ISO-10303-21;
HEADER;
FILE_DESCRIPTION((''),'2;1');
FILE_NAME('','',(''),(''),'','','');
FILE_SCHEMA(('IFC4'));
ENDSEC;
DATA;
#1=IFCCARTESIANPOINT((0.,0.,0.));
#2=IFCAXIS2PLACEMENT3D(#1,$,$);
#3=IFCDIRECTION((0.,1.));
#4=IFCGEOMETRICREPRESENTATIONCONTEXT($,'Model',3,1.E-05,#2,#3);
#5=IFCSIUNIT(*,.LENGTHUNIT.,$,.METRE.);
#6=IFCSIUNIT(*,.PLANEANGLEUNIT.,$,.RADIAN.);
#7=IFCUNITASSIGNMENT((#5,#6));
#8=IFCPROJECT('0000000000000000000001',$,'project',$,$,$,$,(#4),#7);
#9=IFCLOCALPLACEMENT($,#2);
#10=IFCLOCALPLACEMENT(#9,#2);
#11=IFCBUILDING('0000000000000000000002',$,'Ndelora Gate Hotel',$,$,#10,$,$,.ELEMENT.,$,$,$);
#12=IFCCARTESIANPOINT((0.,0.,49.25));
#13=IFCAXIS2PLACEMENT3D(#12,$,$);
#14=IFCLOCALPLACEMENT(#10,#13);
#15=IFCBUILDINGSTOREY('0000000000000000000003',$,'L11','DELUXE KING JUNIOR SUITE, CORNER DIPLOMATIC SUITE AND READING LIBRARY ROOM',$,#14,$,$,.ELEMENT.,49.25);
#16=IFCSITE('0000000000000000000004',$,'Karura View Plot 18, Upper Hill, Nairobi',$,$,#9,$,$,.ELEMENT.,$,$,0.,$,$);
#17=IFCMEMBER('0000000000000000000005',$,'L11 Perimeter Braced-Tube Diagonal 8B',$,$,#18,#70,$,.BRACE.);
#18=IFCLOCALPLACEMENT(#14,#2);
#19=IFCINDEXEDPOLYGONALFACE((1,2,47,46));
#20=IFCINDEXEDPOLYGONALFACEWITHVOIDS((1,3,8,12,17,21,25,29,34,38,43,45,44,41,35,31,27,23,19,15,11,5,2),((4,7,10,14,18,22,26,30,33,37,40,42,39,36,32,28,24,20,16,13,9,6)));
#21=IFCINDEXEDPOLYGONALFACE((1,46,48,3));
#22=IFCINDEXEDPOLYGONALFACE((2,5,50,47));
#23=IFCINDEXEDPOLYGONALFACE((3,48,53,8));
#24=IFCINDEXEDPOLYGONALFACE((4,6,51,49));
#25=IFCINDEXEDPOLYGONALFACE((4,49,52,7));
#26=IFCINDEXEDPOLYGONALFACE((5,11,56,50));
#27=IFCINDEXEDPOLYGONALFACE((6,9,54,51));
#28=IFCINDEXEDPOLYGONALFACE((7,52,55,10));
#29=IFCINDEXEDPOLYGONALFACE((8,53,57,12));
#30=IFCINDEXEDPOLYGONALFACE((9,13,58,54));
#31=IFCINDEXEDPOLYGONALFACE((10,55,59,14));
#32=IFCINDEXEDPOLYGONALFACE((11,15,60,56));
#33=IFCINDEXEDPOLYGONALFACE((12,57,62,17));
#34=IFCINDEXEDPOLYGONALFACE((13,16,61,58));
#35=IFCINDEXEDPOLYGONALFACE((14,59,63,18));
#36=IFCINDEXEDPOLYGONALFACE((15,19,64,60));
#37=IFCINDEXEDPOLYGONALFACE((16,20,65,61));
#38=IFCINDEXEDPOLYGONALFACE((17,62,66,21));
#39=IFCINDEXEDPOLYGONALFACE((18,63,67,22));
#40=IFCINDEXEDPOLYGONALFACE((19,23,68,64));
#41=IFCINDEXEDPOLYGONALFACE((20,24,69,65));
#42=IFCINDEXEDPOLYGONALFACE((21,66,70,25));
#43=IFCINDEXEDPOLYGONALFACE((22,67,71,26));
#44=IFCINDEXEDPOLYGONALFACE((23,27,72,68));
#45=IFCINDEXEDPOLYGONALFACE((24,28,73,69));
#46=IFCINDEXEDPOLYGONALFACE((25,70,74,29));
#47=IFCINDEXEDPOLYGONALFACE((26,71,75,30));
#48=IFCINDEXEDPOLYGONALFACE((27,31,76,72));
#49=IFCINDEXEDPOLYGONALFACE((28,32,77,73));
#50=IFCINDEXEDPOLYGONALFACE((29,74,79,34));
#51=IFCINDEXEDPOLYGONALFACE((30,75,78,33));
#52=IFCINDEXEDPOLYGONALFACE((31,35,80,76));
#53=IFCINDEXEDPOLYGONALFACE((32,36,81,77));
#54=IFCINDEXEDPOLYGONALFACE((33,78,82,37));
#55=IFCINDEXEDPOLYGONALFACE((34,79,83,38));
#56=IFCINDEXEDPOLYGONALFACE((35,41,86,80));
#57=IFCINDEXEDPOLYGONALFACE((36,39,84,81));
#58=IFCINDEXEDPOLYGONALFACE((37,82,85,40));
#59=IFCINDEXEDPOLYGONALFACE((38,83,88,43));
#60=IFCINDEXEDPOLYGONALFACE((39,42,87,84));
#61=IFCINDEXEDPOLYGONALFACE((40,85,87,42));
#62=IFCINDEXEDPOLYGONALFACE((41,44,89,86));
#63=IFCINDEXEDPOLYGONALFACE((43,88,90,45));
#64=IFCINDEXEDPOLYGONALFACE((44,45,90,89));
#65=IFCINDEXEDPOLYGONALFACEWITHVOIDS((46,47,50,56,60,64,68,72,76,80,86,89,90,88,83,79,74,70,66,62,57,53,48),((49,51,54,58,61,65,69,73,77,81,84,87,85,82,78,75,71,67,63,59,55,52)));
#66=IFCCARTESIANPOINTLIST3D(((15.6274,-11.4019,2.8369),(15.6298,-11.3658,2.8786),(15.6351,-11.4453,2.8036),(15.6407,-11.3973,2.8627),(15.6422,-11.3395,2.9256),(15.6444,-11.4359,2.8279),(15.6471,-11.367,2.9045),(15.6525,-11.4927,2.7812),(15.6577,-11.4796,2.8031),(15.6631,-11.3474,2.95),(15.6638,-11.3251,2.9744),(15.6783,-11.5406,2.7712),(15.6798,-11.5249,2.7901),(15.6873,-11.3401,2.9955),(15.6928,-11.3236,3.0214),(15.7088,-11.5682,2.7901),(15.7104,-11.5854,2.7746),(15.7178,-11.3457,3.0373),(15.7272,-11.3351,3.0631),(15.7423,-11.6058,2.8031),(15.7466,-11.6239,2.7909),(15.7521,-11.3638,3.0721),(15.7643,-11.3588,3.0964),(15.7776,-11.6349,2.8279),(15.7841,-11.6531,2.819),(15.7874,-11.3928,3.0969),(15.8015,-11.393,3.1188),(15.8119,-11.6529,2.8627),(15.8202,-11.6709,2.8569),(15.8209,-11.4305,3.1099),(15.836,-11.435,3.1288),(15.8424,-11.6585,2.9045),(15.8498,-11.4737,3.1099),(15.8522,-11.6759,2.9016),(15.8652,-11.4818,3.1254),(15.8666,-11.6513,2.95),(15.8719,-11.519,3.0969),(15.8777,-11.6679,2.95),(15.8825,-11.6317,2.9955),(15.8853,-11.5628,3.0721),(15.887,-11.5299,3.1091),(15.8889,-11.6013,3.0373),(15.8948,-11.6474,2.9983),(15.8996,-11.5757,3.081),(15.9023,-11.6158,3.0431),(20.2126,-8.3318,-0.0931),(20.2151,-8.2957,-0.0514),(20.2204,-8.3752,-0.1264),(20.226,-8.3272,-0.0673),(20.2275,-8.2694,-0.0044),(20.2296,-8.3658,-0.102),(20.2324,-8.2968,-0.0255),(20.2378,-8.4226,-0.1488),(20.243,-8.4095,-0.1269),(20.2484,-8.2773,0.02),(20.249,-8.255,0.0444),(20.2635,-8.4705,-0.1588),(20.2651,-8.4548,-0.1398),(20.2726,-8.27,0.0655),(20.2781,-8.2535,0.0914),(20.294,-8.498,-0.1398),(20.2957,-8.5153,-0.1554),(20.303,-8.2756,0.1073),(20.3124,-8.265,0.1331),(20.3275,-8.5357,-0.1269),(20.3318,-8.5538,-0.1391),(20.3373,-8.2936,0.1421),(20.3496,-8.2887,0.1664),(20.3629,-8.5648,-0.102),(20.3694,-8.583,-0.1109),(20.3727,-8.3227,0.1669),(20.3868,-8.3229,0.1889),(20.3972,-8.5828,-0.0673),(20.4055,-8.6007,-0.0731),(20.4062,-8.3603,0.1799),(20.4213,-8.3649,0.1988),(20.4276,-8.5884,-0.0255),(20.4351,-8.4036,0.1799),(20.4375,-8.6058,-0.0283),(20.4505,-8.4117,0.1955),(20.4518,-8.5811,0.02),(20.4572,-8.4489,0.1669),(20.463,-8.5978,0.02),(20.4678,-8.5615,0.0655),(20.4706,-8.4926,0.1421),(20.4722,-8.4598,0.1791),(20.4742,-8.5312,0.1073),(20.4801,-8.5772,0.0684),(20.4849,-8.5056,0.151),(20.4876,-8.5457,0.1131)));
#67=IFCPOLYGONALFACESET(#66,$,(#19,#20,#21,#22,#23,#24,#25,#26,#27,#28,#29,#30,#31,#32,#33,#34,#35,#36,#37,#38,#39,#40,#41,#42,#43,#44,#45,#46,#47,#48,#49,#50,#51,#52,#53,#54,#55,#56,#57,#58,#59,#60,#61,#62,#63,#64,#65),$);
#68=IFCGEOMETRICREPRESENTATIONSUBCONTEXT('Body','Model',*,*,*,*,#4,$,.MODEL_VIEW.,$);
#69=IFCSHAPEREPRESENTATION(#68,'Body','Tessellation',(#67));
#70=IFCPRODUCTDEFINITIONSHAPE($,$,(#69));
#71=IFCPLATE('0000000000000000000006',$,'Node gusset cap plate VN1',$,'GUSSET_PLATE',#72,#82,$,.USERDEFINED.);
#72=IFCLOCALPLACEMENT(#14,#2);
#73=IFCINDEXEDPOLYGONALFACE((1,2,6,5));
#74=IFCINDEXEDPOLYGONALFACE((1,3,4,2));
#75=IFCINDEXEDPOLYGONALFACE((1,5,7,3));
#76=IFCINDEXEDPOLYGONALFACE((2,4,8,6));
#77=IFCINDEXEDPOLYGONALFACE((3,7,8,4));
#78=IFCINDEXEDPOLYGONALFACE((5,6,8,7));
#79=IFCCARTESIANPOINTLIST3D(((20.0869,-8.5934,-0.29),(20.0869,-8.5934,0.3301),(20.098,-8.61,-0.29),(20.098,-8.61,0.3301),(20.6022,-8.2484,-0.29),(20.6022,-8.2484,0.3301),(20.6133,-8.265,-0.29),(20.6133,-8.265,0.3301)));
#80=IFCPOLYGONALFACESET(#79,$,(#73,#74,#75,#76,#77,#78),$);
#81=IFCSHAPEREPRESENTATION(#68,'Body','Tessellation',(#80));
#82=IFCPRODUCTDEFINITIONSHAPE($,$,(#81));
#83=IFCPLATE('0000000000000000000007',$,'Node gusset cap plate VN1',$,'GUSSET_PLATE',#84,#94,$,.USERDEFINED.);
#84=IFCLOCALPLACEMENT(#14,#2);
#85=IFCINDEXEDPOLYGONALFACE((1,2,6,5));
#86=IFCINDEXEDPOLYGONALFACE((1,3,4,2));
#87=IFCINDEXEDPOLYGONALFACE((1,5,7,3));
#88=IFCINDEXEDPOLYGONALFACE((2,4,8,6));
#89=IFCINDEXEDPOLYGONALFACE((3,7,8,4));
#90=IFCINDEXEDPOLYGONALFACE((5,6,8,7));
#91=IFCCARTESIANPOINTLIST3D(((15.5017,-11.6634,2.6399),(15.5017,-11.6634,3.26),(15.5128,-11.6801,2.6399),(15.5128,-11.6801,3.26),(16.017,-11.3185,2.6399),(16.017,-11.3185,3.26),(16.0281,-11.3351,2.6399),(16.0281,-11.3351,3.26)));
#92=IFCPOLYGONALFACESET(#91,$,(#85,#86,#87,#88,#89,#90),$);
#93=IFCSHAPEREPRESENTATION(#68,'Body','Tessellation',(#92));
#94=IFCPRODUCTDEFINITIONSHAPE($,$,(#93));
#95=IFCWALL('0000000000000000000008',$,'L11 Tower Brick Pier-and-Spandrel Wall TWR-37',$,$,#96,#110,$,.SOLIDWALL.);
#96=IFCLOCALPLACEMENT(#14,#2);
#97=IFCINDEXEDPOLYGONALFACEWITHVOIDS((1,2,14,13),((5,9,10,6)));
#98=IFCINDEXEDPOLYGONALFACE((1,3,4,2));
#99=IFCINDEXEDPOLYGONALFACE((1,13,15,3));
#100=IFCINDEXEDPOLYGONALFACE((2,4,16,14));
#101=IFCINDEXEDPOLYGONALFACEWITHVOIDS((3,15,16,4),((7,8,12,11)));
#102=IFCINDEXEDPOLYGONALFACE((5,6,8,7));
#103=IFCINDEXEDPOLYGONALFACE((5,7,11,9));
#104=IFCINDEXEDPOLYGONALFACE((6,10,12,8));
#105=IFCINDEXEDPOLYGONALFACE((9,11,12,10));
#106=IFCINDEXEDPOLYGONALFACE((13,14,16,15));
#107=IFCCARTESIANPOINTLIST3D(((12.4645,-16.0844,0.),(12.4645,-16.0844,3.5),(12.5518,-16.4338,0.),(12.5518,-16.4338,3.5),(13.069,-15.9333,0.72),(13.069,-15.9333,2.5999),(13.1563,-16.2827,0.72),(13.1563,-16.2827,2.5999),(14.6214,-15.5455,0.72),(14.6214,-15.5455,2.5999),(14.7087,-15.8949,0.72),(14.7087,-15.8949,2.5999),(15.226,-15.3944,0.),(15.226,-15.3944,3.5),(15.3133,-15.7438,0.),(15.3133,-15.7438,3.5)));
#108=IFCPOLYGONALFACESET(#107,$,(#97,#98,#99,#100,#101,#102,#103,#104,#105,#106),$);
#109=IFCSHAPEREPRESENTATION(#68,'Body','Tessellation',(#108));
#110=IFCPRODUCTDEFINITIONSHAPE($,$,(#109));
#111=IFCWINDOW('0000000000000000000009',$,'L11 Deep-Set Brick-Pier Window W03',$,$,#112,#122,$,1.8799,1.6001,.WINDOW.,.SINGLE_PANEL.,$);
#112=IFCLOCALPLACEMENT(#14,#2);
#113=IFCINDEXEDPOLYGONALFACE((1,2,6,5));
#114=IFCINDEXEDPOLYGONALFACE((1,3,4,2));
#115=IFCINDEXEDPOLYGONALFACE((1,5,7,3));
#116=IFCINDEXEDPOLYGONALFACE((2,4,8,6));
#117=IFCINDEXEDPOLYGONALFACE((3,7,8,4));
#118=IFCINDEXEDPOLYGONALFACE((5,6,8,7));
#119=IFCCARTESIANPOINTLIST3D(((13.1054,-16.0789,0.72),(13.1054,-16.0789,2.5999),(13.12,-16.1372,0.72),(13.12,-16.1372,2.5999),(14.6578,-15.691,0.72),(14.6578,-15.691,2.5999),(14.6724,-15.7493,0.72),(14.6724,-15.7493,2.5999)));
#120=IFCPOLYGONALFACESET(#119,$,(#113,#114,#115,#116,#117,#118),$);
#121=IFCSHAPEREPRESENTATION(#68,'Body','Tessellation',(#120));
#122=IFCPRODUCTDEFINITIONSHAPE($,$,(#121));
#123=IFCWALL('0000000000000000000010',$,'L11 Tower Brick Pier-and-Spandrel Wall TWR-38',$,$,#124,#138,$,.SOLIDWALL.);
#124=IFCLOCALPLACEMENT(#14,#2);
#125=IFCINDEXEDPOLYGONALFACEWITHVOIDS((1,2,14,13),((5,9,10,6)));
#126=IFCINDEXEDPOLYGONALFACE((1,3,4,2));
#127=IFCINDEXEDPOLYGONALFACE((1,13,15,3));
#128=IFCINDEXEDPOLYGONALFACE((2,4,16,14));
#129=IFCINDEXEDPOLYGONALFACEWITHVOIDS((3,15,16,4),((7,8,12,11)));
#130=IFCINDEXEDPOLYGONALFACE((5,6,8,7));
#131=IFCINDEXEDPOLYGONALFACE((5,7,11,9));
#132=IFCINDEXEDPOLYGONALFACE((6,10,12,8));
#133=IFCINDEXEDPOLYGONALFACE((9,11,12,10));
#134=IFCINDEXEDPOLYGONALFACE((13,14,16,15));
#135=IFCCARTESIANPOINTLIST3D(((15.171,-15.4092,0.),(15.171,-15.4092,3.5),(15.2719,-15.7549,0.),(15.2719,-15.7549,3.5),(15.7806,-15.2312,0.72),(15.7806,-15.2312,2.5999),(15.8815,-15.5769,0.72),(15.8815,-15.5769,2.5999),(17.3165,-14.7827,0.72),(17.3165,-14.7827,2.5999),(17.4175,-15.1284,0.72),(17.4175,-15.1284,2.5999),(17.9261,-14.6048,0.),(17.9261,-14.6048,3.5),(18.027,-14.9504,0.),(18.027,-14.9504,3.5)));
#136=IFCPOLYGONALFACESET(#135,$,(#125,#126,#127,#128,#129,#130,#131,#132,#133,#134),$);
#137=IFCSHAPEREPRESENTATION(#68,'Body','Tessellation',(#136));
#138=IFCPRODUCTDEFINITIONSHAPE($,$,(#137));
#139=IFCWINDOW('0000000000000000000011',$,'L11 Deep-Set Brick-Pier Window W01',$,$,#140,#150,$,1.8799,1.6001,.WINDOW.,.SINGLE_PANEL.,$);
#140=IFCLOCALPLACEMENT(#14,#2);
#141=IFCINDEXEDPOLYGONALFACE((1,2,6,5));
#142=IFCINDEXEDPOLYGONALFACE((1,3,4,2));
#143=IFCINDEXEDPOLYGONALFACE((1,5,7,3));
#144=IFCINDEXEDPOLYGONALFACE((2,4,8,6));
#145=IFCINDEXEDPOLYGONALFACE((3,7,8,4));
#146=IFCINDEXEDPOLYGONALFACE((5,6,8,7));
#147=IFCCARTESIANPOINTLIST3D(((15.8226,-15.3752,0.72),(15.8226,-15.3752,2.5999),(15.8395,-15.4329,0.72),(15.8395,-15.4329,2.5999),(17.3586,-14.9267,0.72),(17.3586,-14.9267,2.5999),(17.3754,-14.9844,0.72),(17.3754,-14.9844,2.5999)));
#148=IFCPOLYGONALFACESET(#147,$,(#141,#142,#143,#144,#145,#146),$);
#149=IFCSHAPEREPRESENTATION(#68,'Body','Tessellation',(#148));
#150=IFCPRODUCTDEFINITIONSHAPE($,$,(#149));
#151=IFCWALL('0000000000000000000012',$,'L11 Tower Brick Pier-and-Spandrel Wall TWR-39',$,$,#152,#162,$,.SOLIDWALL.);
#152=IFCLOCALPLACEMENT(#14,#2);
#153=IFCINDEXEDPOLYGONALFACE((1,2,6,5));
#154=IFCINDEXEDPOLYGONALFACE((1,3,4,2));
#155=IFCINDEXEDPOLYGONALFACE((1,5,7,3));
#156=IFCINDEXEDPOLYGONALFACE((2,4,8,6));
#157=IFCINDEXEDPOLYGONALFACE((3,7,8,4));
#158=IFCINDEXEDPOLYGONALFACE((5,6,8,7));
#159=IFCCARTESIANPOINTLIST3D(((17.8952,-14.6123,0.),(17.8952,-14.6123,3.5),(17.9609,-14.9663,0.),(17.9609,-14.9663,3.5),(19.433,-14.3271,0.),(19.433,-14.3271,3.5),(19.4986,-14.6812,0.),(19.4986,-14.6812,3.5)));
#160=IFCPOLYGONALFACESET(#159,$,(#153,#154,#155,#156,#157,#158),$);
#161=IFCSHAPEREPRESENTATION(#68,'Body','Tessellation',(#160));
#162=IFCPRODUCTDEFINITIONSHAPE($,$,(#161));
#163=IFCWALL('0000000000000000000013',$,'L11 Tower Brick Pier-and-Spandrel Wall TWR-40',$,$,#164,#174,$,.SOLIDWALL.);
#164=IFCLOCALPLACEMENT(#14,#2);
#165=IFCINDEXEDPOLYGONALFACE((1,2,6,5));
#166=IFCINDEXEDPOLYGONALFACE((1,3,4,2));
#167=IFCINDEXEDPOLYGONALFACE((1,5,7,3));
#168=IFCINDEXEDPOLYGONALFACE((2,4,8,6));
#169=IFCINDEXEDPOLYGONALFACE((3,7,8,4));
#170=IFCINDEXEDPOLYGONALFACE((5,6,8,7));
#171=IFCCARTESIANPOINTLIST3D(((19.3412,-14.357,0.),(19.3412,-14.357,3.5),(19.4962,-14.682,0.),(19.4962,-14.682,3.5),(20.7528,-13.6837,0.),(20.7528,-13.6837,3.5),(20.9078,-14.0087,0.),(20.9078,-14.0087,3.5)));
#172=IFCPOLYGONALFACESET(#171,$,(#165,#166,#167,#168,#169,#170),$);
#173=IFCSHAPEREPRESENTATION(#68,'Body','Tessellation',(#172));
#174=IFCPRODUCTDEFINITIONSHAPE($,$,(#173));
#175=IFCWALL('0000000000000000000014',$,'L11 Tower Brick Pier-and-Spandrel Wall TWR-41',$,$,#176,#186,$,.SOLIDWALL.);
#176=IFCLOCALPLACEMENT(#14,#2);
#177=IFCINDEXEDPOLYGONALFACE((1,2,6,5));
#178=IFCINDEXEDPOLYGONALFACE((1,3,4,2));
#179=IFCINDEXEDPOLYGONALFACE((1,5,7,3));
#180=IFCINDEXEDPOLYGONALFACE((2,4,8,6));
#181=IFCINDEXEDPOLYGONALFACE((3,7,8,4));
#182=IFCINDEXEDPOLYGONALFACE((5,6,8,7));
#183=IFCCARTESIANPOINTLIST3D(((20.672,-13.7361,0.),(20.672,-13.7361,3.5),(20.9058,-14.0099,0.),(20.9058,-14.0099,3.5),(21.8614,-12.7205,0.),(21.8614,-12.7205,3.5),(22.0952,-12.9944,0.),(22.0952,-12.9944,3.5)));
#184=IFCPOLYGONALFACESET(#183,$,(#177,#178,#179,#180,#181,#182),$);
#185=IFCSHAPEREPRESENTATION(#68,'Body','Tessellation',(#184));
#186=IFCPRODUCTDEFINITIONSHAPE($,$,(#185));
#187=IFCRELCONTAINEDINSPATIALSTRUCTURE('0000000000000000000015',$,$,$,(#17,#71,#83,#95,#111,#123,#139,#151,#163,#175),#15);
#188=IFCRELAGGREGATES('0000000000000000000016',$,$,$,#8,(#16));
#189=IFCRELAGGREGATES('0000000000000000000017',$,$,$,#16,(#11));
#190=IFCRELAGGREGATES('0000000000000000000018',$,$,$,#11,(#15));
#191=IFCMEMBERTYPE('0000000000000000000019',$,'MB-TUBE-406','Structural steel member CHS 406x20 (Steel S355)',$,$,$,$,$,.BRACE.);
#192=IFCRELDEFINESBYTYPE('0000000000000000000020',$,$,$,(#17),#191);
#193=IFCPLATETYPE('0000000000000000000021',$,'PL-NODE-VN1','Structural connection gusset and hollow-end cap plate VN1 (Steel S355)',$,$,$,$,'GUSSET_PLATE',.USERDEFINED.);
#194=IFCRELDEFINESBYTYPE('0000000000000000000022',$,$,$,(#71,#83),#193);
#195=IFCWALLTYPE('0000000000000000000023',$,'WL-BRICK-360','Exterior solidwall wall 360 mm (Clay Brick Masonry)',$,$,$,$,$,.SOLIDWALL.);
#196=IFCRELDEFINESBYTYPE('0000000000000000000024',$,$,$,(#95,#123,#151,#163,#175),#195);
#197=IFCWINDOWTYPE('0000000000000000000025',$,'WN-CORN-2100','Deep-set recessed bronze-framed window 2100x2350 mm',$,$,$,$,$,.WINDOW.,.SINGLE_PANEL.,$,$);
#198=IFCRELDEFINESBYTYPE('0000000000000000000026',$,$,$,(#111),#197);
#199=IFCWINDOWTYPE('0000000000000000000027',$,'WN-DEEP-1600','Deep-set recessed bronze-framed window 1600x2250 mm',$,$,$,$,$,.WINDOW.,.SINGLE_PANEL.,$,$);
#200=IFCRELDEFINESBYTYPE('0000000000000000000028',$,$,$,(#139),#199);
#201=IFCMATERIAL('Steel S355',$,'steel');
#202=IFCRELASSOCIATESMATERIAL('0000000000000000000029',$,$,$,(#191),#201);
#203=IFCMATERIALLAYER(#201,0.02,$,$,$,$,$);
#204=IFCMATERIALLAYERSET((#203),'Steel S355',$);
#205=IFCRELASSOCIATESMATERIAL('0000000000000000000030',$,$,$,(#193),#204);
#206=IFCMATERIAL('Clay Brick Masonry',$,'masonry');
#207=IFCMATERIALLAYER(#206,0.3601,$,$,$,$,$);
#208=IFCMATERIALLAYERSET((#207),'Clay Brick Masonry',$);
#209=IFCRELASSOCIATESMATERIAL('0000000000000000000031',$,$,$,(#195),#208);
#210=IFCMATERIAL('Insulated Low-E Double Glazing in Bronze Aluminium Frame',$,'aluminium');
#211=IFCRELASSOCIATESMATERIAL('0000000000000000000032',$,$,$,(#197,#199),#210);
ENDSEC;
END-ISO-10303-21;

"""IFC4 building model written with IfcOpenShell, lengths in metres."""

from ifc_helpers import new_model, si_unit, direction, frame, frame_2d, origin, origin_2d, place, context, subcontext, project, spatial, rectangle, hollow_circle, extrude, material, layer, layer_set, material_profile, profile_set, type_object, element, fill, save


model = new_model("IFC4")

# Units and contexts
model_context = context("Model", 3, precision=1e-05, world=origin(), true_north=direction((0.0, 1.0)))
body_context = subcontext(model_context, "Body", "Model", "MODEL_VIEW")
ifc_project = project(units=[si_unit("LENGTHUNIT", "METRE"), si_unit("PLANEANGLEUNIT", "RADIAN")], contexts=[model_context])

# Site, building, storey
site_placement = place(None, origin())
site = spatial("IfcSite", under=ifc_project, at=site_placement, Name="Karura View Plot 18, Upper Hill, Nairobi", CompositionType="ELEMENT", RefElevation=0.0)
building_placement = place(site_placement, origin())
building = spatial("IfcBuilding", under=site, at=building_placement, Name="Ndelora Gate Hotel", CompositionType="ELEMENT")
storey_placement = place(building_placement, frame((0.0, 0.0, 49.25)))
storey = spatial("IfcBuildingStorey", under=building, at=storey_placement, Name="L11", Description="DELUXE KING JUNIOR SUITE, CORNER DIPLOMATIC SUITE AND READING LIBRARY ROOM", CompositionType="ELEMENT", Elevation=49.25)

# Shared definitions
ifc_material_1 = material(Name="Steel S355", Category="steel")

# Member
ifc_material_profile_1 = material_profile(ifc_material_1, hollow_circle(Radius=0.2029, WallThickness=0.02, at=origin_2d()), Name="CHS 406x20")
ifc_profile_set_1 = profile_set([ifc_material_profile_1], Name="Steel S355")
member_type = type_object("IfcMemberType", Name="MB-TUBE-406", Description="Structural steel member CHS 406x20 (Steel S355)", PredefinedType="BRACE", material=ifc_profile_set_1)
member_placement = place(storey_placement, frame((20.3501, -8.4292, 0.02), z_axis=(-0.733901, -0.491391, 0.468961), x_axis=(0.556363, -0.830939, 0.0)))
element("IfcMember", 1, at=member_placement, inside=storey, type_object=member_type, Name="L11 Perimeter Braced-Tube Diagonal 8B", PredefinedType="BRACE", context=body_context, shape_type="SweptSolid", body=[
    extrude(hollow_circle(Radius=0.2029, WallThickness=0.02, at=origin_2d()), origin(), (0.0, 0.0, 1.0), 6.2478),
])

# Plates
ifc_layer_1 = layer(ifc_material_1, 0.02)
ifc_layer_set_1 = layer_set([ifc_layer_1], Name="Steel S355")
plate_type = type_object("IfcPlateType", Name="PL-NODE-VN1", Description="Structural connection gusset and hollow-end cap plate VN1 (Steel S355)", ElementType="GUSSET_PLATE", PredefinedType="USERDEFINED", material=ifc_layer_set_1)
for number, where, z_axis, x_axis, name in (
    (2, (20.3501, -8.4292, -0.29), (0.0, 0.0, 1.0), (0.830984, 0.556296, 0.0), "Node gusset cap plate VN1"),
    (3, (15.7649, -11.4993, 2.6399), (0.0, 0.0, 1.0), (0.830984, 0.556296, 0.0), "Node gusset cap plate VN1"),
):
    element("IfcPlate", number, at=place(storey_placement, frame(where, z_axis=z_axis, x_axis=x_axis)), inside=storey, type_object=plate_type, Name=name, ObjectType="GUSSET_PLATE", PredefinedType="USERDEFINED", context=body_context, shape_type="SweptSolid", body=[
        extrude(rectangle(XDim=0.6201, YDim=0.02, at=origin_2d()), origin(), (0.0, 0.0, 1.0), 0.6201),
    ])

# Walls, openings, windows
ifc_material_2 = material(Name="Clay Brick Masonry", Category="masonry")
ifc_layer_2 = layer(ifc_material_2, 0.3601)
ifc_layer_set_2 = layer_set([ifc_layer_2], Name="Clay Brick Masonry")
wall_type = type_object("IfcWallType", Name="WL-BRICK-360", Description="Exterior solidwall wall 360 mm (Clay Brick Masonry)", PredefinedType="SOLIDWALL", material=ifc_layer_set_2)
wall_1_placement = place(storey_placement, frame((15.2698, -15.5691, 0.0), z_axis=(0.0, 0.0, 1.0), x_axis=(-0.970178, -0.242394, 0.0)))
wall_1 = element("IfcWall", 4, at=wall_1_placement, inside=storey, type_object=wall_type, Name="L11 Tower Brick Pier-and-Spandrel Wall TWR-37", PredefinedType="SOLIDWALL", context=body_context, shape_type="SweptSolid", body=[
    extrude(rectangle(XDim=2.8464, YDim=0.3601, at=frame_2d((1.4233, 0.0))), origin(), (0.0, 0.0, 1.0), 3.5),
])
opening_1_placement = place(wall_1_placement, frame((0.6233, 0.0, 0.72)))
opening_1 = element("IfcOpeningElement", 5, at=opening_1_placement, cuts=wall_1, PredefinedType="OPENING", context=body_context, shape_type="SweptSolid", body=[
    extrude(rectangle(XDim=1.6001, YDim=1.8799, at=frame_2d((0.8, 0.9399))), frame((0.0, 0.1899, 0.0), z_axis=(0.0, -1.0, 0.0), x_axis=(1.0, 0.0, 0.0)), (0.0, 0.0, 1.0), 0.3801),
])
ifc_material_3 = material(Name="Insulated Low-E Double Glazing in Bronze Aluminium Frame", Category="aluminium")
window_type_1 = type_object("IfcWindowType", Name="WN-CORN-2100", Description="Deep-set recessed bronze-framed window 2100x2350 mm", PartitioningType="SINGLE_PANEL", PredefinedType="WINDOW", material=ifc_material_3)
window_1_placement = place(opening_1_placement, origin())
window_1 = element("IfcWindow", 6, at=window_1_placement, inside=storey, type_object=window_type_1, Name="L11 Deep-Set Brick-Pier Window W03", OverallHeight=1.8799, OverallWidth=1.6001, PartitioningType="SINGLE_PANEL", PredefinedType="WINDOW", context=body_context, shape_type="SweptSolid", body=[
    extrude(rectangle(XDim=1.6001, YDim=1.8799, at=frame_2d((0.8, 0.9399))), frame((0.0, 0.03, 0.0), z_axis=(0.0, -1.0, 0.0), x_axis=(1.0, 0.0, 0.0)), (0.0, 0.0, 1.0), 0.0601),
])
fill(opening_1, window_1)
wall_2_placement = place(storey_placement, frame((17.9766, -14.7776, 0.0), z_axis=(0.0, 0.0, 1.0), x_axis=(-0.959919, -0.280278, 0.0)))
wall_2 = element("IfcWall", 7, at=wall_2_placement, inside=storey, type_object=wall_type, Name="L11 Tower Brick Pier-and-Spandrel Wall TWR-38", PredefinedType="SOLIDWALL", context=body_context, shape_type="SweptSolid", body=[
    extrude(rectangle(XDim=2.8701, YDim=0.3601, at=frame_2d((1.4351, 0.0))), origin(), (0.0, 0.0, 1.0), 3.5),
])
opening_2_placement = place(wall_2_placement, frame((0.635, 0.0, 0.72)))
opening_2 = element("IfcOpeningElement", 8, at=opening_2_placement, cuts=wall_2, PredefinedType="OPENING", context=body_context, shape_type="SweptSolid", body=[
    extrude(rectangle(XDim=1.6001, YDim=1.8799, at=frame_2d((0.8, 0.9399))), frame((0.0, 0.1899, 0.0), z_axis=(0.0, -1.0, 0.0), x_axis=(1.0, 0.0, 0.0)), (0.0, 0.0, 1.0), 0.3801),
])
window_type_2 = type_object("IfcWindowType", Name="WN-DEEP-1600", Description="Deep-set recessed bronze-framed window 1600x2250 mm", PartitioningType="SINGLE_PANEL", PredefinedType="WINDOW", material=ifc_material_3)
window_2_placement = place(opening_2_placement, origin())
window_2 = element("IfcWindow", 9, at=window_2_placement, inside=storey, type_object=window_type_2, Name="L11 Deep-Set Brick-Pier Window W01", OverallHeight=1.8799, OverallWidth=1.6001, PartitioningType="SINGLE_PANEL", PredefinedType="WINDOW", context=body_context, shape_type="SweptSolid", body=[
    extrude(rectangle(XDim=1.6001, YDim=1.8799, at=frame_2d((0.8, 0.9399))), frame((0.0, 0.03, 0.0), z_axis=(0.0, -1.0, 0.0), x_axis=(1.0, 0.0, 0.0)), (0.0, 0.0, 1.0), 0.0601),
])
fill(opening_2, window_2)

# Walls
for number, where, z_axis, x_axis, name in (
    (10, (19.4658, -14.5042, 0.0), (0.0, 0.0, 1.0), (-0.98324, -0.182318, 0.0), "L11 Tower Brick Pier-and-Spandrel Wall TWR-39"),
    (11, (20.8303, -13.8462, 0.0), (0.0, 0.0, 1.0), (-0.902578, -0.430527, 0.0), "L11 Tower Brick Pier-and-Spandrel Wall TWR-40"),
    (12, (21.9783, -12.8574, 0.0), (0.0, 0.0, 1.0), (-0.760489, -0.64935, 0.0), "L11 Tower Brick Pier-and-Spandrel Wall TWR-41"),
):
    element("IfcWall", number, at=place(storey_placement, frame(where, z_axis=z_axis, x_axis=x_axis)), inside=storey, type_object=wall_type, Name=name, PredefinedType="SOLIDWALL", context=body_context, shape_type="SweptSolid", body=[
        extrude(rectangle(XDim=1.564, YDim=0.3601, at=frame_2d((0.782, 0.0))), origin(), (0.0, 0.0, 1.0), 3.5),
    ])

save(model, "model.ifc")
